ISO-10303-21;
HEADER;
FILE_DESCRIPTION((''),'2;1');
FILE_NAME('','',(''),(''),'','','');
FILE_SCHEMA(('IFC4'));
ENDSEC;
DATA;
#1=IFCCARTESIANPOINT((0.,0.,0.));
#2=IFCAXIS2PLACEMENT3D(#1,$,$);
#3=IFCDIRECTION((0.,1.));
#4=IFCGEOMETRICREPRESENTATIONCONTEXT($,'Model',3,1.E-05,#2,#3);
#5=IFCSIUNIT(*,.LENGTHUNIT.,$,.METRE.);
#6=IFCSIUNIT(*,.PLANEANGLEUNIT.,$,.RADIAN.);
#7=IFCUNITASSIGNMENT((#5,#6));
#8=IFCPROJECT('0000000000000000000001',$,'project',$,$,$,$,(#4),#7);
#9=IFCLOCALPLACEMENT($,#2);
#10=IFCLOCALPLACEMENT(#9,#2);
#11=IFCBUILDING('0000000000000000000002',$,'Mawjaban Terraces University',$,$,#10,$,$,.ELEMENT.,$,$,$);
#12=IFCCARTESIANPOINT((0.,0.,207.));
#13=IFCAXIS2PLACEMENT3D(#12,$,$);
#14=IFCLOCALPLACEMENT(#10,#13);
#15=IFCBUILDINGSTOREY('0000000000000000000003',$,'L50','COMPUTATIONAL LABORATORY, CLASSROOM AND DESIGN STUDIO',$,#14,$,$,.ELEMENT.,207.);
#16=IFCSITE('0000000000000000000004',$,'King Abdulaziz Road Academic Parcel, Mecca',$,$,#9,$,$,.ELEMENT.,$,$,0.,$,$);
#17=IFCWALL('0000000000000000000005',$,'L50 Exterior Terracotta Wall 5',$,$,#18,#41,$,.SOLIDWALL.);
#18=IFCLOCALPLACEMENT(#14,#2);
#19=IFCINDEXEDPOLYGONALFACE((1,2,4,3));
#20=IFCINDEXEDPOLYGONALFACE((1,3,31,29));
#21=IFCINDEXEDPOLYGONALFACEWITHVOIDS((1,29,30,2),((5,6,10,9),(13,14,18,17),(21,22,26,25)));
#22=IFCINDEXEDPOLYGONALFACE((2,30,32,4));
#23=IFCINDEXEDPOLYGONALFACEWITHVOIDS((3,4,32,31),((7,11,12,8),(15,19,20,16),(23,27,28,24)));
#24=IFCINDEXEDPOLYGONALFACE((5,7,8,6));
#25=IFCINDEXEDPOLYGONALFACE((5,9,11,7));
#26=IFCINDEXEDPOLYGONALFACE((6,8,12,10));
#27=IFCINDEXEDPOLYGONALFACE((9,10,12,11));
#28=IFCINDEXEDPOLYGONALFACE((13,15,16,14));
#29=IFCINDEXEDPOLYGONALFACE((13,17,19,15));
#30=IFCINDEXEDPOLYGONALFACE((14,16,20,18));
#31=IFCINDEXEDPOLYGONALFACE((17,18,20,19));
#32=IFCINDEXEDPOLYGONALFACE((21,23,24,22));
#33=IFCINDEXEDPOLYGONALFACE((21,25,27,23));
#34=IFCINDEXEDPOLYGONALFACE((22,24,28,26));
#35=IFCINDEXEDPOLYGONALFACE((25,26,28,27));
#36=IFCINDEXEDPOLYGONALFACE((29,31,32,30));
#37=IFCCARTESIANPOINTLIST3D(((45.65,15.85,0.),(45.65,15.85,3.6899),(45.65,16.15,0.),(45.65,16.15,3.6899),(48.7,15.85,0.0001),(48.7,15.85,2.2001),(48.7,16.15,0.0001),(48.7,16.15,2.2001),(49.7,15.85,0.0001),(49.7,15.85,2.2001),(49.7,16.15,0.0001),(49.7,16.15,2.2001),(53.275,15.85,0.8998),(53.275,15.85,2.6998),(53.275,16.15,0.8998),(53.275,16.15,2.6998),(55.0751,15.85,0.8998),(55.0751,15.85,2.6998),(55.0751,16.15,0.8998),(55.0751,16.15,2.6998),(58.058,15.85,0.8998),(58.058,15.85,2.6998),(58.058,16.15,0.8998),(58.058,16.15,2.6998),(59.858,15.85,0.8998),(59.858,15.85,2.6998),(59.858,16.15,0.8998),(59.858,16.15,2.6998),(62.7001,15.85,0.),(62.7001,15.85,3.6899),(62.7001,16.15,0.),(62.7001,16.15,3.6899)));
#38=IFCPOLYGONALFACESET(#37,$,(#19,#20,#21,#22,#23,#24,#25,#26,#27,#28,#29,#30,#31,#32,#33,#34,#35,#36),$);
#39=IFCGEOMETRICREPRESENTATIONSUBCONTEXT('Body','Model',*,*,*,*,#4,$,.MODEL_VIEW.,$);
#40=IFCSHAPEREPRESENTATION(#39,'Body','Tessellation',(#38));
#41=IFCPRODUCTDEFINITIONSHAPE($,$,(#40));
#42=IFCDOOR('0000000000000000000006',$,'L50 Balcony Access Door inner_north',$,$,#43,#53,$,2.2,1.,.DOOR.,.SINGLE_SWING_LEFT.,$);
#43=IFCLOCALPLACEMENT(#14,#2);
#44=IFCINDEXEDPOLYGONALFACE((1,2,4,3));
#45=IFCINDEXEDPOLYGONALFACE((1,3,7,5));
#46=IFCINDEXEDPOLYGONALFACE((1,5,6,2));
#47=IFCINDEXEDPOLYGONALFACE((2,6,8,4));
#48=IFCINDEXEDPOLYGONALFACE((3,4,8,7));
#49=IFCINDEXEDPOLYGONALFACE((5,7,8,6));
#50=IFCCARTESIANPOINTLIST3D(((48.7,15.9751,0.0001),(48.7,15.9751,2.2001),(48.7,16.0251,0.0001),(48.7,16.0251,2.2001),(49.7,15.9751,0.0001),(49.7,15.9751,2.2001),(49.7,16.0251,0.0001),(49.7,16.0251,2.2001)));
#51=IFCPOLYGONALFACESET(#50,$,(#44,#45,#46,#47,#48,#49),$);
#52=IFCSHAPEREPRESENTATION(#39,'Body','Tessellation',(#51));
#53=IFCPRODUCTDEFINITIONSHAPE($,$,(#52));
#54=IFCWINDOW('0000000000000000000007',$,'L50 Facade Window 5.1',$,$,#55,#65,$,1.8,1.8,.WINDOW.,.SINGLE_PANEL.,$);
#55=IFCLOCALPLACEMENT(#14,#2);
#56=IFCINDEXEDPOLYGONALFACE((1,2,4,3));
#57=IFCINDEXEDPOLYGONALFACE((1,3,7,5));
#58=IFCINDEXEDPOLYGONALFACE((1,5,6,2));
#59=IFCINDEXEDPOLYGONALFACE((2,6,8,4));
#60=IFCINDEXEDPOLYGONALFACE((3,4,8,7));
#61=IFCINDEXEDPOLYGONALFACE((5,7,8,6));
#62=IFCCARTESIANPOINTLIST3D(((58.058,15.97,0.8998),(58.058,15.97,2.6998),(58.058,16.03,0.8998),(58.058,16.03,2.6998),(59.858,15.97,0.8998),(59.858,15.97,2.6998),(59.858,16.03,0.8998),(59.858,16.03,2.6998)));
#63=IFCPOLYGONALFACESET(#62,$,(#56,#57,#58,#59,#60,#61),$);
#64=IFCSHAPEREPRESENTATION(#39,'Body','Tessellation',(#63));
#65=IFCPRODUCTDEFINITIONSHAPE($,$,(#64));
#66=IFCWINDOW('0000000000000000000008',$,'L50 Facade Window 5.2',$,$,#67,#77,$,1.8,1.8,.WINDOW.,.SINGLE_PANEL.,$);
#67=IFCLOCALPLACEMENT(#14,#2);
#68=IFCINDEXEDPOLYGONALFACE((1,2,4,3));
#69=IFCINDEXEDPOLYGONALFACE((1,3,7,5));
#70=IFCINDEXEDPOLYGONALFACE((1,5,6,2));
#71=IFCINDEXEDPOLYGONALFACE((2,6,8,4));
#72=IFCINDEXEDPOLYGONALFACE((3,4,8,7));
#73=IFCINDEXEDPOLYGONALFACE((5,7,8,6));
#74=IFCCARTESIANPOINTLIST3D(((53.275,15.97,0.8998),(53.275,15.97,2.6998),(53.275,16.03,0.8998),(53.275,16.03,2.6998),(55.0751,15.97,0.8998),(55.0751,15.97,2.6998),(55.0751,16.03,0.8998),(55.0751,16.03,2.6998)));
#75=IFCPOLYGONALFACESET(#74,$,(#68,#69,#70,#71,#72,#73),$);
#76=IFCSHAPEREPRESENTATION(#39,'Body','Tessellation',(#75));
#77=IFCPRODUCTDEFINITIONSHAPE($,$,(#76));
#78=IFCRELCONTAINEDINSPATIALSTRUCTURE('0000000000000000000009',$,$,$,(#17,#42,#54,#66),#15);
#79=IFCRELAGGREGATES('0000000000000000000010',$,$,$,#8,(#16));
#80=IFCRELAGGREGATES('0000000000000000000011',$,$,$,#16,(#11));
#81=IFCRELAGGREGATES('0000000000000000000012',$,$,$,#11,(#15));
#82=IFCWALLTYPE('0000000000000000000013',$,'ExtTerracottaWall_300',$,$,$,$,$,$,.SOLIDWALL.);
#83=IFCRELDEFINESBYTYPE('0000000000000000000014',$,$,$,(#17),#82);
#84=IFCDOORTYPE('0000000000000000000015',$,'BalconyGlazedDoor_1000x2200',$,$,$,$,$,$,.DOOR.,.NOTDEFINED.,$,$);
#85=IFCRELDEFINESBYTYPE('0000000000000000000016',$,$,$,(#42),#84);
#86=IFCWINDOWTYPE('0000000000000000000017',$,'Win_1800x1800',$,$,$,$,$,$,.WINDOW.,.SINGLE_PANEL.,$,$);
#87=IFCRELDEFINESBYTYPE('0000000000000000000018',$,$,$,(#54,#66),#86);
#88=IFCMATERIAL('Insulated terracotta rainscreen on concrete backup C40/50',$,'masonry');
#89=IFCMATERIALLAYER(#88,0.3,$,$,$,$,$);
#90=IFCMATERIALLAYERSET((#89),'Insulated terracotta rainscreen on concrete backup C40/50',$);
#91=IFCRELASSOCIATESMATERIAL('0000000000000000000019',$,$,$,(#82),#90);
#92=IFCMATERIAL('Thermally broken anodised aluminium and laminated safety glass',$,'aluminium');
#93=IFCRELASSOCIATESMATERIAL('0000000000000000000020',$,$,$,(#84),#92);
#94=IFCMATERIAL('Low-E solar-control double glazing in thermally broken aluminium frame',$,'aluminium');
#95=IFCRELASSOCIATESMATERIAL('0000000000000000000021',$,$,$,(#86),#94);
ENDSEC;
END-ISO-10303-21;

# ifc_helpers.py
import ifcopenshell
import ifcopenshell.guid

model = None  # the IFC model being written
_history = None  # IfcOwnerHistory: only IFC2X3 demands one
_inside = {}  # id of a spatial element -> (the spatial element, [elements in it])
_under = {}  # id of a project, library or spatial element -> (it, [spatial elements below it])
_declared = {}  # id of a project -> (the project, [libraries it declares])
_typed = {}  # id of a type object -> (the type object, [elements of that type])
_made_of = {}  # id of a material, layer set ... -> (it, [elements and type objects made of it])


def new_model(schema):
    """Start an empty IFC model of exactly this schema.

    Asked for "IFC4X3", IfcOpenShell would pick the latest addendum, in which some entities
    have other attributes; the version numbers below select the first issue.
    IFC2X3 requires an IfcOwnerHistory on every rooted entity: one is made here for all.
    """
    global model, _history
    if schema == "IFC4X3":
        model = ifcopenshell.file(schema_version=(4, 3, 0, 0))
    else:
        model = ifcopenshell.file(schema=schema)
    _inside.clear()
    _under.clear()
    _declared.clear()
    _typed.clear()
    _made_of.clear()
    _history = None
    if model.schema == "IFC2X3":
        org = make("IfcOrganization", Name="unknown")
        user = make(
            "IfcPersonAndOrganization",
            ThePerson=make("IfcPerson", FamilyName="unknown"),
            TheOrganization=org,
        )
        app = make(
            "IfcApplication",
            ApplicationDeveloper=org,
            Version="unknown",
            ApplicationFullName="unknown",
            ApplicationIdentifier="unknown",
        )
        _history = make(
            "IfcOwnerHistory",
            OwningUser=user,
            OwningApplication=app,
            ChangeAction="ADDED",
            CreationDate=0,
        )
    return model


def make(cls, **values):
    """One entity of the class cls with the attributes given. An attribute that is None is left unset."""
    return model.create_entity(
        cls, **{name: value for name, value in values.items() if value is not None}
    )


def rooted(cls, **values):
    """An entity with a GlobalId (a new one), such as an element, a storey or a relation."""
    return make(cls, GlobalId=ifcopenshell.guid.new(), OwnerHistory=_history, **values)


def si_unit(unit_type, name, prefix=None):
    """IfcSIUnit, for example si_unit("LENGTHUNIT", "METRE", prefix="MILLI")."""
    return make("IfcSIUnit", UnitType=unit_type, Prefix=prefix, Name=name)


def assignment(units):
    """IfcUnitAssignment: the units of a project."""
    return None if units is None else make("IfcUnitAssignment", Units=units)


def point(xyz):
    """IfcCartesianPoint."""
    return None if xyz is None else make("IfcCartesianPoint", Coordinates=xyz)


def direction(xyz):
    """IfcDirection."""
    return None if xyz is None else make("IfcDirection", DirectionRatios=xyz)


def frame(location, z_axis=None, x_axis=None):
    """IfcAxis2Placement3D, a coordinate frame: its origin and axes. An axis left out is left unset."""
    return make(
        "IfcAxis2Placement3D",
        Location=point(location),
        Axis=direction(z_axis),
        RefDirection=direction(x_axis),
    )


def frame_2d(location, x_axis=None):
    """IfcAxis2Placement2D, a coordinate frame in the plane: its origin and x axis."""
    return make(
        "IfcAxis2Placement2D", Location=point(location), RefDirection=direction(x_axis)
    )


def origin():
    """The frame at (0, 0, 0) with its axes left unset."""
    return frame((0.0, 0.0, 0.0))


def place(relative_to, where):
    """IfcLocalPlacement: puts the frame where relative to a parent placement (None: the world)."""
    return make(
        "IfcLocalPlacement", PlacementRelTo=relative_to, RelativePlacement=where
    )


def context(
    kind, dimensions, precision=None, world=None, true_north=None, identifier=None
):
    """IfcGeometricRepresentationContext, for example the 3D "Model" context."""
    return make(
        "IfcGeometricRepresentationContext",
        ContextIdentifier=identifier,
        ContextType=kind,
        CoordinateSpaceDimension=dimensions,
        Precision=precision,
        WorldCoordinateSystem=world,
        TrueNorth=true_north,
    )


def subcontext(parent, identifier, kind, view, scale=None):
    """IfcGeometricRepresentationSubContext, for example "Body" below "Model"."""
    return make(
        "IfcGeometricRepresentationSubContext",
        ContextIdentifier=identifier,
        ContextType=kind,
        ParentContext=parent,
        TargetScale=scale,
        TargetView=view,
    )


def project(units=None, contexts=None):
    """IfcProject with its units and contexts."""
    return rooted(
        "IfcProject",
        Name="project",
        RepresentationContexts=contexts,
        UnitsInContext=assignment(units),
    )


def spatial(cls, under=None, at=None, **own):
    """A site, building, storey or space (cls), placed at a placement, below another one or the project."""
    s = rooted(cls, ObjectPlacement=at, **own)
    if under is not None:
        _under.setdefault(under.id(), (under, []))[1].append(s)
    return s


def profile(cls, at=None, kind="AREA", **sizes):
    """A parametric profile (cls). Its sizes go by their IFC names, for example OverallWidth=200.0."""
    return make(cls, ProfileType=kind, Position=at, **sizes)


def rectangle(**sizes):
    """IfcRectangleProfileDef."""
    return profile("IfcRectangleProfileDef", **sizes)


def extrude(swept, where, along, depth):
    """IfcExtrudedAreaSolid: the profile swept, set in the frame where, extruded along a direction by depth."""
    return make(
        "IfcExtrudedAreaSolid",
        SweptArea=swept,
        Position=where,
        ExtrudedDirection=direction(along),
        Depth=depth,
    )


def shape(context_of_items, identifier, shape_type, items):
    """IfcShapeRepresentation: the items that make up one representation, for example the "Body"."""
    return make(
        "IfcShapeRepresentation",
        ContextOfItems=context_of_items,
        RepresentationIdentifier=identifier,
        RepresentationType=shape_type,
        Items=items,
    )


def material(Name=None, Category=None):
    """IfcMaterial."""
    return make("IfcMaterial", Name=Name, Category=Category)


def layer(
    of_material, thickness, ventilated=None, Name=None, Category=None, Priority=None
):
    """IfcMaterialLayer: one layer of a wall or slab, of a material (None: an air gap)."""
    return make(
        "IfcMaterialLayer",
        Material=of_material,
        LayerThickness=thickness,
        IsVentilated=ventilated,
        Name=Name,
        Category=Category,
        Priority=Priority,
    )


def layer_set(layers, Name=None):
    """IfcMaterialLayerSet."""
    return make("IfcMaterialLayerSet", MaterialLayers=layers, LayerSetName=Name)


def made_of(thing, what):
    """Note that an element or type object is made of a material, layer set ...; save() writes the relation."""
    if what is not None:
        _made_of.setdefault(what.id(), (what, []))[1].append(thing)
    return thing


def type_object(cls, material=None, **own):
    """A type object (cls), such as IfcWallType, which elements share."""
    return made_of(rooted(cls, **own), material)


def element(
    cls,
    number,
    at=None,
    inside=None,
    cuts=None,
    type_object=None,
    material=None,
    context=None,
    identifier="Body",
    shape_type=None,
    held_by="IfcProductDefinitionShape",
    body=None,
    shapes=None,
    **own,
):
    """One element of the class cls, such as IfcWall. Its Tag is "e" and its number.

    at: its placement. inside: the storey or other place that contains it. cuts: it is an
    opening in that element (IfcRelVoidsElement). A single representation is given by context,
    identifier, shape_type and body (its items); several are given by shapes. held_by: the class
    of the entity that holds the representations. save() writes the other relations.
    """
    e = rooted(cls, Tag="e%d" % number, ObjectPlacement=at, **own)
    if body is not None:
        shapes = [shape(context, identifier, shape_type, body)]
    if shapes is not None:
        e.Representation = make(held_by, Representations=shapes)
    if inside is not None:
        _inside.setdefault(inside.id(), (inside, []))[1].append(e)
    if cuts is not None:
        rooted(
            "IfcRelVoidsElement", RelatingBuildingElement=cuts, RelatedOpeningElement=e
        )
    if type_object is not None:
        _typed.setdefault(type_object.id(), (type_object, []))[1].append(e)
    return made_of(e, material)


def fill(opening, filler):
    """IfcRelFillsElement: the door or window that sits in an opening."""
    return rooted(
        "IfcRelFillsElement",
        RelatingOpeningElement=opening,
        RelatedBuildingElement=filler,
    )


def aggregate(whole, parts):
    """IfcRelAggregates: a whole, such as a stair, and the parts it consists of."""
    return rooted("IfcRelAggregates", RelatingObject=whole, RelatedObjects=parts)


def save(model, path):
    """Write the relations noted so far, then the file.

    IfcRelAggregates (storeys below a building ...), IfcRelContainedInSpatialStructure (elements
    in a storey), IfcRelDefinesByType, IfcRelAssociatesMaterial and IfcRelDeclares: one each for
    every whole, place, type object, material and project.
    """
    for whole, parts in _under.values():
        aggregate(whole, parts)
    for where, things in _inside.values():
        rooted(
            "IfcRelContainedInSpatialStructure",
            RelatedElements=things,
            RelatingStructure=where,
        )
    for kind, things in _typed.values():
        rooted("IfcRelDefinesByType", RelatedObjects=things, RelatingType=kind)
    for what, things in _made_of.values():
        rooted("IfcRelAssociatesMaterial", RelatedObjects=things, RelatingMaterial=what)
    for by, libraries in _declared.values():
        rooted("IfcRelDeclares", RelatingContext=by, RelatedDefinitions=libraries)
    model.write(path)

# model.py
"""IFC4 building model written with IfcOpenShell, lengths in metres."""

from ifc_helpers import new_model, si_unit, direction, frame, frame_2d, origin, place, context, subcontext, project, spatial, rectangle, extrude, material, layer, layer_set, type_object, element, fill, save


model = new_model("IFC4")

# Units and contexts
model_context = context("Model", 3, precision=1e-05, world=origin(), true_north=direction((0.0, 1.0)))
body_context = subcontext(model_context, "Body", "Model", "MODEL_VIEW")
ifc_project = project(units=[si_unit("LENGTHUNIT", "METRE"), si_unit("PLANEANGLEUNIT", "RADIAN")], contexts=[model_context])

# Site, building, storey
site_placement = place(None, origin())
site = spatial("IfcSite", under=ifc_project, at=site_placement, Name="King Abdulaziz Road Academic Parcel, Mecca", CompositionType="ELEMENT", RefElevation=0.0)
building_placement = place(site_placement, origin())
building = spatial("IfcBuilding", under=site, at=building_placement, Name="Mawjaban Terraces University", CompositionType="ELEMENT")
storey_placement = place(building_placement, frame((0.0, 0.0, 207.0)))
storey = spatial("IfcBuildingStorey", under=building, at=storey_placement, Name="L50", Description="COMPUTATIONAL LABORATORY, CLASSROOM AND DESIGN STUDIO", CompositionType="ELEMENT", Elevation=207.0)

# Shared definitions
ifc_material_1 = material(Name="Insulated terracotta rainscreen on concrete backup C40/50", Category="masonry")
ifc_layer = layer(ifc_material_1, 0.3)
ifc_layer_set = layer_set([ifc_layer], Name="Insulated terracotta rainscreen on concrete backup C40/50")
wall_type = type_object("IfcWallType", Name="ExtTerracottaWall_300", PredefinedType="SOLIDWALL", material=ifc_layer_set)

# Wall, openings, door, windows
wall_1_placement = place(storey_placement, frame((62.7, 16.0, 0.0), z_axis=(0.0, 0.0, 1.0), x_axis=(-1.0, 0.0, 0.0)))
wall_1 = element("IfcWall", 1, at=wall_1_placement, inside=storey, type_object=wall_type, Name="L50 Exterior Terracotta Wall 5", PredefinedType="SOLIDWALL", context=body_context, shape_type="SweptSolid", body=[
    extrude(rectangle(XDim=17.05, YDim=0.3, at=frame_2d((8.5249, 0.0))), origin(), (0.0, 0.0, 1.0), 3.6899),
])
opening_1_placement = place(wall_1_placement, frame((13.0, 0.0, 0.0)))
opening_1 = element("IfcOpeningElement", 2, at=opening_1_placement, cuts=wall_1, PredefinedType="OPENING", context=body_context, shape_type="SweptSolid", body=[
    extrude(rectangle(XDim=1.0, YDim=2.2, at=frame_2d((0.5, 1.1001))), frame((0.0, 0.1599, 0.0), z_axis=(0.0, -1.0, 0.0), x_axis=(1.0, 0.0, 0.0)), (0.0, 0.0, 1.0), 0.3201),
])
opening_2_placement = place(wall_1_placement, frame((2.842, 0.0, 0.8999)))
opening_2 = element("IfcOpeningElement", 3, at=opening_2_placement, cuts=wall_1, PredefinedType="OPENING", context=body_context, shape_type="SweptSolid", body=[
    extrude(rectangle(XDim=1.8, YDim=1.8, at=frame_2d((0.8999, 0.8999))), frame((0.0, 0.1599, 0.0), z_axis=(0.0, -1.0, 0.0), x_axis=(1.0, 0.0, 0.0)), (0.0, 0.0, 1.0), 0.3201),
])
opening_3_placement = place(wall_1_placement, frame((7.625, 0.0, 0.8999)))
opening_3 = element("IfcOpeningElement", 4, at=opening_3_placement, cuts=wall_1, PredefinedType="OPENING", context=body_context, shape_type="SweptSolid", body=[
    extrude(rectangle(XDim=1.8, YDim=1.8, at=frame_2d((0.8999, 0.8999))), frame((0.0, 0.1599, 0.0), z_axis=(0.0, -1.0, 0.0), x_axis=(1.0, 0.0, 0.0)), (0.0, 0.0, 1.0), 0.3201),
])
ifc_material_2 = material(Name="Thermally broken anodised aluminium and laminated safety glass", Category="aluminium")
door_type = type_object("IfcDoorType", Name="BalconyGlazedDoor_1000x2200", OperationType="NOTDEFINED", PredefinedType="DOOR", material=ifc_material_2)
door_placement = place(opening_1_placement, origin())
door = element("IfcDoor", 5, at=door_placement, inside=storey, type_object=door_type, Name="L50 Balcony Access Door inner_north", OperationType="SINGLE_SWING_LEFT", OverallHeight=2.2, OverallWidth=1.0, PredefinedType="DOOR", context=body_context, shape_type="SweptSolid", body=[
    extrude(rectangle(XDim=1.0, YDim=2.2, at=frame_2d((0.5, 1.1001))), frame((0.0, 0.0249, 0.0), z_axis=(0.0, -1.0, 0.0), x_axis=(1.0, 0.0, 0.0)), (0.0, 0.0, 1.0), 0.05),
])
fill(opening_1, door)
ifc_material_3 = material(Name="Low-E solar-control double glazing in thermally broken aluminium frame", Category="aluminium")
window_type = type_object("IfcWindowType", Name="Win_1800x1800", PartitioningType="SINGLE_PANEL", PredefinedType="WINDOW", material=ifc_material_3)
window_1_placement = place(opening_2_placement, origin())
window_1 = element("IfcWindow", 6, at=window_1_placement, inside=storey, type_object=window_type, Name="L50 Facade Window 5.1", OverallHeight=1.8, OverallWidth=1.8, PartitioningType="SINGLE_PANEL", PredefinedType="WINDOW", context=body_context, shape_type="SweptSolid", body=[
    extrude(rectangle(XDim=1.8, YDim=1.8, at=frame_2d((0.8999, 0.8999))), frame((0.0, 0.03, 0.0), z_axis=(0.0, -1.0, 0.0), x_axis=(1.0, 0.0, 0.0)), (0.0, 0.0, 1.0), 0.0601),
])
fill(opening_2, window_1)
window_2_placement = place(opening_3_placement, origin())
window_2 = element("IfcWindow", 7, at=window_2_placement, inside=storey, type_object=window_type, Name="L50 Facade Window 5.2", OverallHeight=1.8, OverallWidth=1.8, PartitioningType="SINGLE_PANEL", PredefinedType="WINDOW", context=body_context, shape_type="SweptSolid", body=[
    extrude(rectangle(XDim=1.8, YDim=1.8, at=frame_2d((0.8999, 0.8999))), frame((0.0, 0.03, 0.0), z_axis=(0.0, -1.0, 0.0), x_axis=(1.0, 0.0, 0.0)), (0.0, 0.0, 1.0), 0.0601),
])
fill(opening_3, window_2)

save(model, "model.ifc")
